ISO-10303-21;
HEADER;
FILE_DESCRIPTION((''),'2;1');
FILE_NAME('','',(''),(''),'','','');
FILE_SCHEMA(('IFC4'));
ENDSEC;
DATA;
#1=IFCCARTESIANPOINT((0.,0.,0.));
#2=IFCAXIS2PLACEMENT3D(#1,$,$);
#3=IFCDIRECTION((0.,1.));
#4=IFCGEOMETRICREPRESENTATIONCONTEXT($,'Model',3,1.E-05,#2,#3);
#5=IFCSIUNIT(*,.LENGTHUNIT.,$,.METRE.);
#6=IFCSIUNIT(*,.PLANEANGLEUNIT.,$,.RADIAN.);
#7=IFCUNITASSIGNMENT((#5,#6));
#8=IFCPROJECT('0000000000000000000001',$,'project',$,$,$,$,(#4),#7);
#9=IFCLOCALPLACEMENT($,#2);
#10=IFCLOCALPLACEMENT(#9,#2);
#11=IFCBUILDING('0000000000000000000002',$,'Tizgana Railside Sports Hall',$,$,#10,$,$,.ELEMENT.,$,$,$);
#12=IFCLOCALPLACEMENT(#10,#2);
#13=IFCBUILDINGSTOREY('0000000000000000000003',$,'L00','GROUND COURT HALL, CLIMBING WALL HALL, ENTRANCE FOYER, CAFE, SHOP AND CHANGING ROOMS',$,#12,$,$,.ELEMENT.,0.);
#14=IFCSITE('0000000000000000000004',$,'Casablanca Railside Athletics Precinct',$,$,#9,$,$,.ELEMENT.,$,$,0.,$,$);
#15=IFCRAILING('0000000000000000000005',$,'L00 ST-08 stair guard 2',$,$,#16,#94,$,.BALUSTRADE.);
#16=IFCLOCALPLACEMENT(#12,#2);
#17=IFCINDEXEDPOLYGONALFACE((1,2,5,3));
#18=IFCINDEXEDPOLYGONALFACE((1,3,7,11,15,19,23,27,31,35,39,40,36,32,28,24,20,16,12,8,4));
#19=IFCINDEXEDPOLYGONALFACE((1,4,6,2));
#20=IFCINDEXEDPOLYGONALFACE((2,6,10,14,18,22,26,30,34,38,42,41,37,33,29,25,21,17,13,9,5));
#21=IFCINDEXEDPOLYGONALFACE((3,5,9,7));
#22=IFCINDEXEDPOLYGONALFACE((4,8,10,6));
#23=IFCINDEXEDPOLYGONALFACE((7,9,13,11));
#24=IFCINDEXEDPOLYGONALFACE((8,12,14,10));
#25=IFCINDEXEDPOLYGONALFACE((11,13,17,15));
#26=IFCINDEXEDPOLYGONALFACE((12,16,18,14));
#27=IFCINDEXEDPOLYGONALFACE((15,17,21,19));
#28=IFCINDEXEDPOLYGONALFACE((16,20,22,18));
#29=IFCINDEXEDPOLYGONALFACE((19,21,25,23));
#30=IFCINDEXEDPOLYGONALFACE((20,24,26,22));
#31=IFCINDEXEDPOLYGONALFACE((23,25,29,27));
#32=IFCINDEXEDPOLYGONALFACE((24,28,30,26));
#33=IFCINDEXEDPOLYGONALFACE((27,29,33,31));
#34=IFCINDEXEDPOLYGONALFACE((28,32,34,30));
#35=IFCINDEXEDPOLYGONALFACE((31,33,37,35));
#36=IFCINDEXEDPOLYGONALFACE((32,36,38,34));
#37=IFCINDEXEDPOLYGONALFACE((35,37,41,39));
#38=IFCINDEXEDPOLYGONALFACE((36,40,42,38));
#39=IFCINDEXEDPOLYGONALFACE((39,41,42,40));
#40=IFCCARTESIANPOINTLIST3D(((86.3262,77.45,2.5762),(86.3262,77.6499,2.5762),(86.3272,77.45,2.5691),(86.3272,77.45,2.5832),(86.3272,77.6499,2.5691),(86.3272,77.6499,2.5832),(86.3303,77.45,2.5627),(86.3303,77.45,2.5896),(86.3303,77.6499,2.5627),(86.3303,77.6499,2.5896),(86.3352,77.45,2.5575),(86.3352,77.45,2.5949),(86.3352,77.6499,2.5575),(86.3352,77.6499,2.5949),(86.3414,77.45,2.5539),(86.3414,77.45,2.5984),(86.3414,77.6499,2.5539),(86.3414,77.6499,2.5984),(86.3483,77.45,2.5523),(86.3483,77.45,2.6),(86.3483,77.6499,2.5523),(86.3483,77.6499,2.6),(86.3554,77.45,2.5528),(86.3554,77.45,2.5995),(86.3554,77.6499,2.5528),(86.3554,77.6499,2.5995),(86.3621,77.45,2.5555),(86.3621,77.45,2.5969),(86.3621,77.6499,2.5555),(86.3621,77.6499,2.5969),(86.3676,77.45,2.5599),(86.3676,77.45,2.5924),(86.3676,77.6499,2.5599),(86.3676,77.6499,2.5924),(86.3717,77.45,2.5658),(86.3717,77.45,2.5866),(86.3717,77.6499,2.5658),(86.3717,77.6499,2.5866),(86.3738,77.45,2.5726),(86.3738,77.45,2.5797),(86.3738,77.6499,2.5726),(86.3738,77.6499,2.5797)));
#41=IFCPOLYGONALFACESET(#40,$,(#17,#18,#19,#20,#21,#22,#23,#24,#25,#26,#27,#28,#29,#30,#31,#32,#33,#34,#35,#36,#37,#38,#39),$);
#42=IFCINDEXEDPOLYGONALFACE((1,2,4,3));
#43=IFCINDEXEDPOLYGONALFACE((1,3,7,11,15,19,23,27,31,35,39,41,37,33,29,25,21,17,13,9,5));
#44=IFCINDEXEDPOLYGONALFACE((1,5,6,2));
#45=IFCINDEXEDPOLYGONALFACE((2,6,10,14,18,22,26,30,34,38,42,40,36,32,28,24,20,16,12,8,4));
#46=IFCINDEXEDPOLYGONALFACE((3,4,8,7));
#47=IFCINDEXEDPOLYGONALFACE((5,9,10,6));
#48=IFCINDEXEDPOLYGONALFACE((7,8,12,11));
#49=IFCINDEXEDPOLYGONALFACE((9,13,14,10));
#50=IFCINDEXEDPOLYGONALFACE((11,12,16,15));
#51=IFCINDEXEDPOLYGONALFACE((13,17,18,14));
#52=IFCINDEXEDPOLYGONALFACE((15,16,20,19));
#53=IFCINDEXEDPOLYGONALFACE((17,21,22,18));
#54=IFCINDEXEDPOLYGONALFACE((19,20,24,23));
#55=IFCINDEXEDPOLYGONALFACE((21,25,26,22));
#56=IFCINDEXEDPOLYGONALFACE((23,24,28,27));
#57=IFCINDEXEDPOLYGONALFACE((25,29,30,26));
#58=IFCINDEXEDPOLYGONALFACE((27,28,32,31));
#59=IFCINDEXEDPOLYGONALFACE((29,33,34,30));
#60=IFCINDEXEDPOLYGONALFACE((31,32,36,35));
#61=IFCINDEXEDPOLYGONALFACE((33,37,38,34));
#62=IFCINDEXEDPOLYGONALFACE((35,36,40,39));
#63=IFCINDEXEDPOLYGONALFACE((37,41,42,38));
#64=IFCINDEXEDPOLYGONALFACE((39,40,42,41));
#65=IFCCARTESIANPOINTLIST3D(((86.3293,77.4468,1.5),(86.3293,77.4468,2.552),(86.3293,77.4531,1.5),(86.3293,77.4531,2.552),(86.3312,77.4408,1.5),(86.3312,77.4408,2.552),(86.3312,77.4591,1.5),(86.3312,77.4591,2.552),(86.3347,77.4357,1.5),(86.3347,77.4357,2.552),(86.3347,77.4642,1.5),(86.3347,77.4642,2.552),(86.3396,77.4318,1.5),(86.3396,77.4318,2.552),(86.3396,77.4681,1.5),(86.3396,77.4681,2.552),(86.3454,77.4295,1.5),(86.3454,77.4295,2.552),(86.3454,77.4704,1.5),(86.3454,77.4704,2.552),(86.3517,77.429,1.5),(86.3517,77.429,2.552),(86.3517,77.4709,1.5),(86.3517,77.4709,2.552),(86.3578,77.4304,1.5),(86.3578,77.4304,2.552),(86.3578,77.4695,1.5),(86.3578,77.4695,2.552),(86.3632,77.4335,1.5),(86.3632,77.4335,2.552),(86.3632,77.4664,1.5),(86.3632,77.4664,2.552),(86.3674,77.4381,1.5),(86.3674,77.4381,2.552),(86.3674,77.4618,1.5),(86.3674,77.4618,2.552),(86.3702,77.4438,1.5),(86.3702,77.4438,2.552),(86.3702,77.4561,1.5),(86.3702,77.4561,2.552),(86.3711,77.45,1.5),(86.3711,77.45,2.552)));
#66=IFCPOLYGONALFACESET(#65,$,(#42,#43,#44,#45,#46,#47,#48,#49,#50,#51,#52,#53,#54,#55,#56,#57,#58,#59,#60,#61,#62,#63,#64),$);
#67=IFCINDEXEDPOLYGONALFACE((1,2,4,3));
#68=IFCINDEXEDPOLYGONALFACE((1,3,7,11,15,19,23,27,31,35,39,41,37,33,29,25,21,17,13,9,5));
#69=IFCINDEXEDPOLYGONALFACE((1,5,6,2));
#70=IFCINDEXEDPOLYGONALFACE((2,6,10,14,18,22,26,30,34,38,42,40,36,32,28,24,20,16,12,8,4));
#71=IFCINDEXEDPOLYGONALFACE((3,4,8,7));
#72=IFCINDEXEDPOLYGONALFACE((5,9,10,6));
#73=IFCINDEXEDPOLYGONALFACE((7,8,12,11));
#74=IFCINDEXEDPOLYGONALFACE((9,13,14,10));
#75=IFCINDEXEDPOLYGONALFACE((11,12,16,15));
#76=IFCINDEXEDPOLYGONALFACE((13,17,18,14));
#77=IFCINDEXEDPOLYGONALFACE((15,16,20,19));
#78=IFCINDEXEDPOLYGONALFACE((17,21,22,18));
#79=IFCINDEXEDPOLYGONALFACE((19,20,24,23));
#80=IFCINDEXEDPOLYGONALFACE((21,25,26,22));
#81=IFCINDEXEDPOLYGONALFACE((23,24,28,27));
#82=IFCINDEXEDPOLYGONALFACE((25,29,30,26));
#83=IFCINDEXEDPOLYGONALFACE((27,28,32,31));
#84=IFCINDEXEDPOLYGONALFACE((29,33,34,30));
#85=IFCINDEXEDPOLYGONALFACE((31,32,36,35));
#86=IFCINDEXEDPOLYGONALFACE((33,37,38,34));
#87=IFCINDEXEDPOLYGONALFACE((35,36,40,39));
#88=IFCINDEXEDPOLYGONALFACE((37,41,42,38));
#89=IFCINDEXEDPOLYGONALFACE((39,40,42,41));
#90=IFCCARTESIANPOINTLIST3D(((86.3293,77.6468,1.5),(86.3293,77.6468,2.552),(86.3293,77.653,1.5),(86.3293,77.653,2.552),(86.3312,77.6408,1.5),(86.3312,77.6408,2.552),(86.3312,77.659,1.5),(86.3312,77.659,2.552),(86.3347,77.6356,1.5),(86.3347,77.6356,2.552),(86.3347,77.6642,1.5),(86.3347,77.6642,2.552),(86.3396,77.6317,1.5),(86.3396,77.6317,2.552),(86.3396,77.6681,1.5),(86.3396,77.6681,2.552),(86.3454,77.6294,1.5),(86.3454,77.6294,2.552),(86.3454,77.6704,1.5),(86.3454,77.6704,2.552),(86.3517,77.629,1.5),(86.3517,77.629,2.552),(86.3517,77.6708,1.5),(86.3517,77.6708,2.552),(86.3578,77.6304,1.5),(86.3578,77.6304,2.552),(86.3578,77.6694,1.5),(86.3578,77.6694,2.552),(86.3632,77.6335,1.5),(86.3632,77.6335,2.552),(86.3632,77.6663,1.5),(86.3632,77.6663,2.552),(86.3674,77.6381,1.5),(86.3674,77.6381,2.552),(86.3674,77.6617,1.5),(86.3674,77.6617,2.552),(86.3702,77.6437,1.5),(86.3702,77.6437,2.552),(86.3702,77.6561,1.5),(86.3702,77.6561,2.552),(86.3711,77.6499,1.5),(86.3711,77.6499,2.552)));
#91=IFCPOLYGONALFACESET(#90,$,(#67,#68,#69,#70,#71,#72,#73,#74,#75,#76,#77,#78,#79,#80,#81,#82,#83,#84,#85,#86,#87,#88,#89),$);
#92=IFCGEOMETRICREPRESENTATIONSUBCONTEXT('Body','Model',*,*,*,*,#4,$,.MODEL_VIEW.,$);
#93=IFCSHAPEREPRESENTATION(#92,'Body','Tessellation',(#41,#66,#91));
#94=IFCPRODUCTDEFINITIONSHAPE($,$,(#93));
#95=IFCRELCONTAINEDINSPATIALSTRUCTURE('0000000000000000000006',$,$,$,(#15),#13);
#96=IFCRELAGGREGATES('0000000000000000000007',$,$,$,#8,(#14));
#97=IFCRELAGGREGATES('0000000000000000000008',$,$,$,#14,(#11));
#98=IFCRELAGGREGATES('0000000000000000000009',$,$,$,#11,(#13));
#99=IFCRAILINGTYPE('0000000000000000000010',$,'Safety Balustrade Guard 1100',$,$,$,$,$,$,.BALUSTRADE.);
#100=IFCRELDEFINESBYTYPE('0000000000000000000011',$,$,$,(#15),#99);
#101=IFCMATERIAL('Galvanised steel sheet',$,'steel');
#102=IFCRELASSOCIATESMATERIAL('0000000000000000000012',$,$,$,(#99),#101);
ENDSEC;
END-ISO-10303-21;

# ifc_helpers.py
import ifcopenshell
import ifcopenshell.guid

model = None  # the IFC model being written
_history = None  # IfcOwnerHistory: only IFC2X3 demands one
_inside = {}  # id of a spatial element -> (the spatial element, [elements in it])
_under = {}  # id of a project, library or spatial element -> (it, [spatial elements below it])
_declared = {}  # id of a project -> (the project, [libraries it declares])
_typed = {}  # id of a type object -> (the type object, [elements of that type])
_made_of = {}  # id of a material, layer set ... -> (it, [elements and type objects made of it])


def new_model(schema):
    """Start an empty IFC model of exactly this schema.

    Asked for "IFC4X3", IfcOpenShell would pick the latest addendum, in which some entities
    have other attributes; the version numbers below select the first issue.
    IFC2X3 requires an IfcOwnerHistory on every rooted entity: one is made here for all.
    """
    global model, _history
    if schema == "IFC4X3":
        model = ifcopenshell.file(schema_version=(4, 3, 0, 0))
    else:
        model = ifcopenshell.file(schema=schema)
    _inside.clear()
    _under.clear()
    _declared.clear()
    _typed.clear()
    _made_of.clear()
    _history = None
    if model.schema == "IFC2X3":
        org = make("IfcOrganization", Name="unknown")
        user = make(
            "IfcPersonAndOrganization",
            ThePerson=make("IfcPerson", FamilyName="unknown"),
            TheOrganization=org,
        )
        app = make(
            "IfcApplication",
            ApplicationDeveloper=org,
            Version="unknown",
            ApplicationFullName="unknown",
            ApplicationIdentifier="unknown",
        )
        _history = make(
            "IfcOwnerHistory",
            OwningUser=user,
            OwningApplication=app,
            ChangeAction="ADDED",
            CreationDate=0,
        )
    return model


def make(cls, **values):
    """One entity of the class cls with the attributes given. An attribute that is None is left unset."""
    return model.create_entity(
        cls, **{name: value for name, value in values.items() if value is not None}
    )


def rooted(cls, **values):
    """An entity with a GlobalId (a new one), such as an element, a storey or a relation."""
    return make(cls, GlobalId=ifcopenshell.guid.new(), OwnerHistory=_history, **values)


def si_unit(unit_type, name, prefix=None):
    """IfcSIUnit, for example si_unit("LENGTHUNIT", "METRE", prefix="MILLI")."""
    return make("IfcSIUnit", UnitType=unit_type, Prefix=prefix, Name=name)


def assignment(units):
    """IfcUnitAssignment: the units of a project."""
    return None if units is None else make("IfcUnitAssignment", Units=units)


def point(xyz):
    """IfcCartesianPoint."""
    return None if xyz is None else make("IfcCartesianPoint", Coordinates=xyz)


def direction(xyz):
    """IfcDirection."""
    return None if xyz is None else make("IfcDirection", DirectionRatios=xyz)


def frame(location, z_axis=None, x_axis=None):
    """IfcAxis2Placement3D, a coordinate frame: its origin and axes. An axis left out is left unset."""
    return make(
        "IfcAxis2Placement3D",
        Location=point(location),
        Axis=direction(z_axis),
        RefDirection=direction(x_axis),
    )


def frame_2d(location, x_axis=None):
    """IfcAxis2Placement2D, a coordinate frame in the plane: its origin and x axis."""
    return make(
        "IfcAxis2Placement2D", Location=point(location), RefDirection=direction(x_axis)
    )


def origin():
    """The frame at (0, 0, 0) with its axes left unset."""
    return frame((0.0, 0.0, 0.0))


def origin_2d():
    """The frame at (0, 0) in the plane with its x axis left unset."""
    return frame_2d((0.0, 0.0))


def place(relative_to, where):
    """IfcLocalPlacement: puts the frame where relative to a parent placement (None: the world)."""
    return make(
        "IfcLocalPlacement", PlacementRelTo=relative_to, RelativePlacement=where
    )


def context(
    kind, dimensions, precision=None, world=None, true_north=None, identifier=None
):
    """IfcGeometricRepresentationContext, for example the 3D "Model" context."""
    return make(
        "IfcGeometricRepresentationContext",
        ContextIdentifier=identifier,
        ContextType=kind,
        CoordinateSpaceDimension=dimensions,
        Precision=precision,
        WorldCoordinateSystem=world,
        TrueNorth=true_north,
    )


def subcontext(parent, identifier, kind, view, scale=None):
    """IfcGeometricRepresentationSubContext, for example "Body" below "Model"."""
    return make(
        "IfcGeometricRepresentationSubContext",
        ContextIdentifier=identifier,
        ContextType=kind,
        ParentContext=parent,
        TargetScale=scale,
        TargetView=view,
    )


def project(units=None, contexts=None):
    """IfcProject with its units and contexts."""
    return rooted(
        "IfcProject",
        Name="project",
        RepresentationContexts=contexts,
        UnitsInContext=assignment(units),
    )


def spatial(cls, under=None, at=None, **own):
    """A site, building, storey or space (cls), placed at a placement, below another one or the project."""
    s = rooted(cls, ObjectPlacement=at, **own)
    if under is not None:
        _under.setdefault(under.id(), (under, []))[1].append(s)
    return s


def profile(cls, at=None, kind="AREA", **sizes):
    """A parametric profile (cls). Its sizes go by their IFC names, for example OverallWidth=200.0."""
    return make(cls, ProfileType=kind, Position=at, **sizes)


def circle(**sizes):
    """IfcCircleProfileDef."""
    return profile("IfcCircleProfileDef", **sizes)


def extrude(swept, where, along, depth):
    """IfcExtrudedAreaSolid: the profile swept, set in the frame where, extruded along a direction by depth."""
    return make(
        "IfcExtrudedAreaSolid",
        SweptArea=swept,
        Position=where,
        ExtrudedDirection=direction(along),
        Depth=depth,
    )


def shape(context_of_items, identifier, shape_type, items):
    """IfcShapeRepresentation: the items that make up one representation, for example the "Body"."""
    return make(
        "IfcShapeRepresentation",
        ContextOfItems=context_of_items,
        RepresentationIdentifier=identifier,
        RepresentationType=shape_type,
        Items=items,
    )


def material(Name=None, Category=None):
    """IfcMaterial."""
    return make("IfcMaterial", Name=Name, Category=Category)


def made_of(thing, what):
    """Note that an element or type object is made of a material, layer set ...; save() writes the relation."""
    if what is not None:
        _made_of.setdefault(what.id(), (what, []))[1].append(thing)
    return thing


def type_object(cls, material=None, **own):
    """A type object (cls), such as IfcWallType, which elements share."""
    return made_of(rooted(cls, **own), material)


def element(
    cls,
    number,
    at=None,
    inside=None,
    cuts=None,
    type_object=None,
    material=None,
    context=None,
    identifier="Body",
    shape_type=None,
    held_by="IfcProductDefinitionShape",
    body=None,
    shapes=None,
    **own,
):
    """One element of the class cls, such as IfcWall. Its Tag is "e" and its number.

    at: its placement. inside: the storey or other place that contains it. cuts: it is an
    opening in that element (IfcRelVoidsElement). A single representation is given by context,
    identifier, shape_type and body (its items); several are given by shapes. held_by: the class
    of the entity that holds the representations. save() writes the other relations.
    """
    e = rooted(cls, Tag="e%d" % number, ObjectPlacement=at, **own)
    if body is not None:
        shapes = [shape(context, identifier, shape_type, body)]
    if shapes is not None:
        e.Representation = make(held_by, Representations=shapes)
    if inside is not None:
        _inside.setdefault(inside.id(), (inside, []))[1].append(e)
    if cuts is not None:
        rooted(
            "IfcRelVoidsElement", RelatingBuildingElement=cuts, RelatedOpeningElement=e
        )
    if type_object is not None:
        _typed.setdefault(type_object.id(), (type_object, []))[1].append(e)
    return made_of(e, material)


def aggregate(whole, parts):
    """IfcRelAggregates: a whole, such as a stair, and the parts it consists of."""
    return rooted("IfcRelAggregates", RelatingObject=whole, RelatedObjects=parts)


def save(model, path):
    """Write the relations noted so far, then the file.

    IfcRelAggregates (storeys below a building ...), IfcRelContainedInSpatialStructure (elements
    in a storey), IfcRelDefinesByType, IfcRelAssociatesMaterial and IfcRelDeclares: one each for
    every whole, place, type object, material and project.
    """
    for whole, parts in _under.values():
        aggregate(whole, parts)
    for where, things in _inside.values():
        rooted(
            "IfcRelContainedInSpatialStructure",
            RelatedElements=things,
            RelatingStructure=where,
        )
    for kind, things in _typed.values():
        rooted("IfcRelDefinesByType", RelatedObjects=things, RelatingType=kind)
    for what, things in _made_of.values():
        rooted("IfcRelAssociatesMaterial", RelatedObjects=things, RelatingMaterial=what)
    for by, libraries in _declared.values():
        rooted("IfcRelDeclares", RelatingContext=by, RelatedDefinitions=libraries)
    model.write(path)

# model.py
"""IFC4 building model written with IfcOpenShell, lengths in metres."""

from ifc_helpers import new_model, si_unit, direction, frame, origin, origin_2d, place, context, subcontext, project, spatial, circle, extrude, material, type_object, element, save


model = new_model("IFC4")

# Units and contexts
model_context = context("Model", 3, precision=1e-05, world=origin(), true_north=direction((0.0, 1.0)))
body_context = subcontext(model_context, "Body", "Model", "MODEL_VIEW")
ifc_project = project(units=[si_unit("LENGTHUNIT", "METRE"), si_unit("PLANEANGLEUNIT", "RADIAN")], contexts=[model_context])

# Site, building, storey
site_placement = place(None, origin())
site = spatial("IfcSite", under=ifc_project, at=site_placement, Name="Casablanca Railside Athletics Precinct", CompositionType="ELEMENT", RefElevation=0.0)
building_placement = place(site_placement, origin())
building = spatial("IfcBuilding", under=site, at=building_placement, Name="Tizgana Railside Sports Hall", CompositionType="ELEMENT")
storey_placement = place(building_placement, origin())
storey = spatial("IfcBuildingStorey", under=building, at=storey_placement, Name="L00", Description="GROUND COURT HALL, CLIMBING WALL HALL, ENTRANCE FOYER, CAFE, SHOP AND CHANGING ROOMS", CompositionType="ELEMENT", Elevation=0.0)

# Shared definitions
ifc_material_1 = material(Name="Galvanised steel sheet", Category="steel")

# Railing
railing_type_1 = type_object("IfcRailingType", Name="Safety Balustrade Guard 1100", PredefinedType="BALUSTRADE", material=ifc_material_1)
railing_1_placement = place(storey_placement, frame((86.3501, 77.45, 1.5)))
element("IfcRailing", 1, at=railing_1_placement, inside=storey, type_object=railing_type_1, Name="L00 ST-08 stair guard 2", PredefinedType="BALUSTRADE", context=body_context, shape_type="SweptSolid", body=[
    extrude(circle(Radius=0.0239, at=origin_2d()), frame((0.0, 0.0, 1.0762), z_axis=(0.0, 1.0, 0.0), x_axis=(-1.0, 0.0, 0.0)), (0.0, 0.0, 1.0), 0.2),
    extrude(circle(Radius=0.021, at=origin_2d()), origin(), (0.0, 0.0, 1.0), 1.052),
    extrude(circle(Radius=0.021, at=origin_2d()), frame((0.0, 0.2, 0.0)), (0.0, 0.0, 1.0), 1.052),
])

save(model, "model.ifc")
